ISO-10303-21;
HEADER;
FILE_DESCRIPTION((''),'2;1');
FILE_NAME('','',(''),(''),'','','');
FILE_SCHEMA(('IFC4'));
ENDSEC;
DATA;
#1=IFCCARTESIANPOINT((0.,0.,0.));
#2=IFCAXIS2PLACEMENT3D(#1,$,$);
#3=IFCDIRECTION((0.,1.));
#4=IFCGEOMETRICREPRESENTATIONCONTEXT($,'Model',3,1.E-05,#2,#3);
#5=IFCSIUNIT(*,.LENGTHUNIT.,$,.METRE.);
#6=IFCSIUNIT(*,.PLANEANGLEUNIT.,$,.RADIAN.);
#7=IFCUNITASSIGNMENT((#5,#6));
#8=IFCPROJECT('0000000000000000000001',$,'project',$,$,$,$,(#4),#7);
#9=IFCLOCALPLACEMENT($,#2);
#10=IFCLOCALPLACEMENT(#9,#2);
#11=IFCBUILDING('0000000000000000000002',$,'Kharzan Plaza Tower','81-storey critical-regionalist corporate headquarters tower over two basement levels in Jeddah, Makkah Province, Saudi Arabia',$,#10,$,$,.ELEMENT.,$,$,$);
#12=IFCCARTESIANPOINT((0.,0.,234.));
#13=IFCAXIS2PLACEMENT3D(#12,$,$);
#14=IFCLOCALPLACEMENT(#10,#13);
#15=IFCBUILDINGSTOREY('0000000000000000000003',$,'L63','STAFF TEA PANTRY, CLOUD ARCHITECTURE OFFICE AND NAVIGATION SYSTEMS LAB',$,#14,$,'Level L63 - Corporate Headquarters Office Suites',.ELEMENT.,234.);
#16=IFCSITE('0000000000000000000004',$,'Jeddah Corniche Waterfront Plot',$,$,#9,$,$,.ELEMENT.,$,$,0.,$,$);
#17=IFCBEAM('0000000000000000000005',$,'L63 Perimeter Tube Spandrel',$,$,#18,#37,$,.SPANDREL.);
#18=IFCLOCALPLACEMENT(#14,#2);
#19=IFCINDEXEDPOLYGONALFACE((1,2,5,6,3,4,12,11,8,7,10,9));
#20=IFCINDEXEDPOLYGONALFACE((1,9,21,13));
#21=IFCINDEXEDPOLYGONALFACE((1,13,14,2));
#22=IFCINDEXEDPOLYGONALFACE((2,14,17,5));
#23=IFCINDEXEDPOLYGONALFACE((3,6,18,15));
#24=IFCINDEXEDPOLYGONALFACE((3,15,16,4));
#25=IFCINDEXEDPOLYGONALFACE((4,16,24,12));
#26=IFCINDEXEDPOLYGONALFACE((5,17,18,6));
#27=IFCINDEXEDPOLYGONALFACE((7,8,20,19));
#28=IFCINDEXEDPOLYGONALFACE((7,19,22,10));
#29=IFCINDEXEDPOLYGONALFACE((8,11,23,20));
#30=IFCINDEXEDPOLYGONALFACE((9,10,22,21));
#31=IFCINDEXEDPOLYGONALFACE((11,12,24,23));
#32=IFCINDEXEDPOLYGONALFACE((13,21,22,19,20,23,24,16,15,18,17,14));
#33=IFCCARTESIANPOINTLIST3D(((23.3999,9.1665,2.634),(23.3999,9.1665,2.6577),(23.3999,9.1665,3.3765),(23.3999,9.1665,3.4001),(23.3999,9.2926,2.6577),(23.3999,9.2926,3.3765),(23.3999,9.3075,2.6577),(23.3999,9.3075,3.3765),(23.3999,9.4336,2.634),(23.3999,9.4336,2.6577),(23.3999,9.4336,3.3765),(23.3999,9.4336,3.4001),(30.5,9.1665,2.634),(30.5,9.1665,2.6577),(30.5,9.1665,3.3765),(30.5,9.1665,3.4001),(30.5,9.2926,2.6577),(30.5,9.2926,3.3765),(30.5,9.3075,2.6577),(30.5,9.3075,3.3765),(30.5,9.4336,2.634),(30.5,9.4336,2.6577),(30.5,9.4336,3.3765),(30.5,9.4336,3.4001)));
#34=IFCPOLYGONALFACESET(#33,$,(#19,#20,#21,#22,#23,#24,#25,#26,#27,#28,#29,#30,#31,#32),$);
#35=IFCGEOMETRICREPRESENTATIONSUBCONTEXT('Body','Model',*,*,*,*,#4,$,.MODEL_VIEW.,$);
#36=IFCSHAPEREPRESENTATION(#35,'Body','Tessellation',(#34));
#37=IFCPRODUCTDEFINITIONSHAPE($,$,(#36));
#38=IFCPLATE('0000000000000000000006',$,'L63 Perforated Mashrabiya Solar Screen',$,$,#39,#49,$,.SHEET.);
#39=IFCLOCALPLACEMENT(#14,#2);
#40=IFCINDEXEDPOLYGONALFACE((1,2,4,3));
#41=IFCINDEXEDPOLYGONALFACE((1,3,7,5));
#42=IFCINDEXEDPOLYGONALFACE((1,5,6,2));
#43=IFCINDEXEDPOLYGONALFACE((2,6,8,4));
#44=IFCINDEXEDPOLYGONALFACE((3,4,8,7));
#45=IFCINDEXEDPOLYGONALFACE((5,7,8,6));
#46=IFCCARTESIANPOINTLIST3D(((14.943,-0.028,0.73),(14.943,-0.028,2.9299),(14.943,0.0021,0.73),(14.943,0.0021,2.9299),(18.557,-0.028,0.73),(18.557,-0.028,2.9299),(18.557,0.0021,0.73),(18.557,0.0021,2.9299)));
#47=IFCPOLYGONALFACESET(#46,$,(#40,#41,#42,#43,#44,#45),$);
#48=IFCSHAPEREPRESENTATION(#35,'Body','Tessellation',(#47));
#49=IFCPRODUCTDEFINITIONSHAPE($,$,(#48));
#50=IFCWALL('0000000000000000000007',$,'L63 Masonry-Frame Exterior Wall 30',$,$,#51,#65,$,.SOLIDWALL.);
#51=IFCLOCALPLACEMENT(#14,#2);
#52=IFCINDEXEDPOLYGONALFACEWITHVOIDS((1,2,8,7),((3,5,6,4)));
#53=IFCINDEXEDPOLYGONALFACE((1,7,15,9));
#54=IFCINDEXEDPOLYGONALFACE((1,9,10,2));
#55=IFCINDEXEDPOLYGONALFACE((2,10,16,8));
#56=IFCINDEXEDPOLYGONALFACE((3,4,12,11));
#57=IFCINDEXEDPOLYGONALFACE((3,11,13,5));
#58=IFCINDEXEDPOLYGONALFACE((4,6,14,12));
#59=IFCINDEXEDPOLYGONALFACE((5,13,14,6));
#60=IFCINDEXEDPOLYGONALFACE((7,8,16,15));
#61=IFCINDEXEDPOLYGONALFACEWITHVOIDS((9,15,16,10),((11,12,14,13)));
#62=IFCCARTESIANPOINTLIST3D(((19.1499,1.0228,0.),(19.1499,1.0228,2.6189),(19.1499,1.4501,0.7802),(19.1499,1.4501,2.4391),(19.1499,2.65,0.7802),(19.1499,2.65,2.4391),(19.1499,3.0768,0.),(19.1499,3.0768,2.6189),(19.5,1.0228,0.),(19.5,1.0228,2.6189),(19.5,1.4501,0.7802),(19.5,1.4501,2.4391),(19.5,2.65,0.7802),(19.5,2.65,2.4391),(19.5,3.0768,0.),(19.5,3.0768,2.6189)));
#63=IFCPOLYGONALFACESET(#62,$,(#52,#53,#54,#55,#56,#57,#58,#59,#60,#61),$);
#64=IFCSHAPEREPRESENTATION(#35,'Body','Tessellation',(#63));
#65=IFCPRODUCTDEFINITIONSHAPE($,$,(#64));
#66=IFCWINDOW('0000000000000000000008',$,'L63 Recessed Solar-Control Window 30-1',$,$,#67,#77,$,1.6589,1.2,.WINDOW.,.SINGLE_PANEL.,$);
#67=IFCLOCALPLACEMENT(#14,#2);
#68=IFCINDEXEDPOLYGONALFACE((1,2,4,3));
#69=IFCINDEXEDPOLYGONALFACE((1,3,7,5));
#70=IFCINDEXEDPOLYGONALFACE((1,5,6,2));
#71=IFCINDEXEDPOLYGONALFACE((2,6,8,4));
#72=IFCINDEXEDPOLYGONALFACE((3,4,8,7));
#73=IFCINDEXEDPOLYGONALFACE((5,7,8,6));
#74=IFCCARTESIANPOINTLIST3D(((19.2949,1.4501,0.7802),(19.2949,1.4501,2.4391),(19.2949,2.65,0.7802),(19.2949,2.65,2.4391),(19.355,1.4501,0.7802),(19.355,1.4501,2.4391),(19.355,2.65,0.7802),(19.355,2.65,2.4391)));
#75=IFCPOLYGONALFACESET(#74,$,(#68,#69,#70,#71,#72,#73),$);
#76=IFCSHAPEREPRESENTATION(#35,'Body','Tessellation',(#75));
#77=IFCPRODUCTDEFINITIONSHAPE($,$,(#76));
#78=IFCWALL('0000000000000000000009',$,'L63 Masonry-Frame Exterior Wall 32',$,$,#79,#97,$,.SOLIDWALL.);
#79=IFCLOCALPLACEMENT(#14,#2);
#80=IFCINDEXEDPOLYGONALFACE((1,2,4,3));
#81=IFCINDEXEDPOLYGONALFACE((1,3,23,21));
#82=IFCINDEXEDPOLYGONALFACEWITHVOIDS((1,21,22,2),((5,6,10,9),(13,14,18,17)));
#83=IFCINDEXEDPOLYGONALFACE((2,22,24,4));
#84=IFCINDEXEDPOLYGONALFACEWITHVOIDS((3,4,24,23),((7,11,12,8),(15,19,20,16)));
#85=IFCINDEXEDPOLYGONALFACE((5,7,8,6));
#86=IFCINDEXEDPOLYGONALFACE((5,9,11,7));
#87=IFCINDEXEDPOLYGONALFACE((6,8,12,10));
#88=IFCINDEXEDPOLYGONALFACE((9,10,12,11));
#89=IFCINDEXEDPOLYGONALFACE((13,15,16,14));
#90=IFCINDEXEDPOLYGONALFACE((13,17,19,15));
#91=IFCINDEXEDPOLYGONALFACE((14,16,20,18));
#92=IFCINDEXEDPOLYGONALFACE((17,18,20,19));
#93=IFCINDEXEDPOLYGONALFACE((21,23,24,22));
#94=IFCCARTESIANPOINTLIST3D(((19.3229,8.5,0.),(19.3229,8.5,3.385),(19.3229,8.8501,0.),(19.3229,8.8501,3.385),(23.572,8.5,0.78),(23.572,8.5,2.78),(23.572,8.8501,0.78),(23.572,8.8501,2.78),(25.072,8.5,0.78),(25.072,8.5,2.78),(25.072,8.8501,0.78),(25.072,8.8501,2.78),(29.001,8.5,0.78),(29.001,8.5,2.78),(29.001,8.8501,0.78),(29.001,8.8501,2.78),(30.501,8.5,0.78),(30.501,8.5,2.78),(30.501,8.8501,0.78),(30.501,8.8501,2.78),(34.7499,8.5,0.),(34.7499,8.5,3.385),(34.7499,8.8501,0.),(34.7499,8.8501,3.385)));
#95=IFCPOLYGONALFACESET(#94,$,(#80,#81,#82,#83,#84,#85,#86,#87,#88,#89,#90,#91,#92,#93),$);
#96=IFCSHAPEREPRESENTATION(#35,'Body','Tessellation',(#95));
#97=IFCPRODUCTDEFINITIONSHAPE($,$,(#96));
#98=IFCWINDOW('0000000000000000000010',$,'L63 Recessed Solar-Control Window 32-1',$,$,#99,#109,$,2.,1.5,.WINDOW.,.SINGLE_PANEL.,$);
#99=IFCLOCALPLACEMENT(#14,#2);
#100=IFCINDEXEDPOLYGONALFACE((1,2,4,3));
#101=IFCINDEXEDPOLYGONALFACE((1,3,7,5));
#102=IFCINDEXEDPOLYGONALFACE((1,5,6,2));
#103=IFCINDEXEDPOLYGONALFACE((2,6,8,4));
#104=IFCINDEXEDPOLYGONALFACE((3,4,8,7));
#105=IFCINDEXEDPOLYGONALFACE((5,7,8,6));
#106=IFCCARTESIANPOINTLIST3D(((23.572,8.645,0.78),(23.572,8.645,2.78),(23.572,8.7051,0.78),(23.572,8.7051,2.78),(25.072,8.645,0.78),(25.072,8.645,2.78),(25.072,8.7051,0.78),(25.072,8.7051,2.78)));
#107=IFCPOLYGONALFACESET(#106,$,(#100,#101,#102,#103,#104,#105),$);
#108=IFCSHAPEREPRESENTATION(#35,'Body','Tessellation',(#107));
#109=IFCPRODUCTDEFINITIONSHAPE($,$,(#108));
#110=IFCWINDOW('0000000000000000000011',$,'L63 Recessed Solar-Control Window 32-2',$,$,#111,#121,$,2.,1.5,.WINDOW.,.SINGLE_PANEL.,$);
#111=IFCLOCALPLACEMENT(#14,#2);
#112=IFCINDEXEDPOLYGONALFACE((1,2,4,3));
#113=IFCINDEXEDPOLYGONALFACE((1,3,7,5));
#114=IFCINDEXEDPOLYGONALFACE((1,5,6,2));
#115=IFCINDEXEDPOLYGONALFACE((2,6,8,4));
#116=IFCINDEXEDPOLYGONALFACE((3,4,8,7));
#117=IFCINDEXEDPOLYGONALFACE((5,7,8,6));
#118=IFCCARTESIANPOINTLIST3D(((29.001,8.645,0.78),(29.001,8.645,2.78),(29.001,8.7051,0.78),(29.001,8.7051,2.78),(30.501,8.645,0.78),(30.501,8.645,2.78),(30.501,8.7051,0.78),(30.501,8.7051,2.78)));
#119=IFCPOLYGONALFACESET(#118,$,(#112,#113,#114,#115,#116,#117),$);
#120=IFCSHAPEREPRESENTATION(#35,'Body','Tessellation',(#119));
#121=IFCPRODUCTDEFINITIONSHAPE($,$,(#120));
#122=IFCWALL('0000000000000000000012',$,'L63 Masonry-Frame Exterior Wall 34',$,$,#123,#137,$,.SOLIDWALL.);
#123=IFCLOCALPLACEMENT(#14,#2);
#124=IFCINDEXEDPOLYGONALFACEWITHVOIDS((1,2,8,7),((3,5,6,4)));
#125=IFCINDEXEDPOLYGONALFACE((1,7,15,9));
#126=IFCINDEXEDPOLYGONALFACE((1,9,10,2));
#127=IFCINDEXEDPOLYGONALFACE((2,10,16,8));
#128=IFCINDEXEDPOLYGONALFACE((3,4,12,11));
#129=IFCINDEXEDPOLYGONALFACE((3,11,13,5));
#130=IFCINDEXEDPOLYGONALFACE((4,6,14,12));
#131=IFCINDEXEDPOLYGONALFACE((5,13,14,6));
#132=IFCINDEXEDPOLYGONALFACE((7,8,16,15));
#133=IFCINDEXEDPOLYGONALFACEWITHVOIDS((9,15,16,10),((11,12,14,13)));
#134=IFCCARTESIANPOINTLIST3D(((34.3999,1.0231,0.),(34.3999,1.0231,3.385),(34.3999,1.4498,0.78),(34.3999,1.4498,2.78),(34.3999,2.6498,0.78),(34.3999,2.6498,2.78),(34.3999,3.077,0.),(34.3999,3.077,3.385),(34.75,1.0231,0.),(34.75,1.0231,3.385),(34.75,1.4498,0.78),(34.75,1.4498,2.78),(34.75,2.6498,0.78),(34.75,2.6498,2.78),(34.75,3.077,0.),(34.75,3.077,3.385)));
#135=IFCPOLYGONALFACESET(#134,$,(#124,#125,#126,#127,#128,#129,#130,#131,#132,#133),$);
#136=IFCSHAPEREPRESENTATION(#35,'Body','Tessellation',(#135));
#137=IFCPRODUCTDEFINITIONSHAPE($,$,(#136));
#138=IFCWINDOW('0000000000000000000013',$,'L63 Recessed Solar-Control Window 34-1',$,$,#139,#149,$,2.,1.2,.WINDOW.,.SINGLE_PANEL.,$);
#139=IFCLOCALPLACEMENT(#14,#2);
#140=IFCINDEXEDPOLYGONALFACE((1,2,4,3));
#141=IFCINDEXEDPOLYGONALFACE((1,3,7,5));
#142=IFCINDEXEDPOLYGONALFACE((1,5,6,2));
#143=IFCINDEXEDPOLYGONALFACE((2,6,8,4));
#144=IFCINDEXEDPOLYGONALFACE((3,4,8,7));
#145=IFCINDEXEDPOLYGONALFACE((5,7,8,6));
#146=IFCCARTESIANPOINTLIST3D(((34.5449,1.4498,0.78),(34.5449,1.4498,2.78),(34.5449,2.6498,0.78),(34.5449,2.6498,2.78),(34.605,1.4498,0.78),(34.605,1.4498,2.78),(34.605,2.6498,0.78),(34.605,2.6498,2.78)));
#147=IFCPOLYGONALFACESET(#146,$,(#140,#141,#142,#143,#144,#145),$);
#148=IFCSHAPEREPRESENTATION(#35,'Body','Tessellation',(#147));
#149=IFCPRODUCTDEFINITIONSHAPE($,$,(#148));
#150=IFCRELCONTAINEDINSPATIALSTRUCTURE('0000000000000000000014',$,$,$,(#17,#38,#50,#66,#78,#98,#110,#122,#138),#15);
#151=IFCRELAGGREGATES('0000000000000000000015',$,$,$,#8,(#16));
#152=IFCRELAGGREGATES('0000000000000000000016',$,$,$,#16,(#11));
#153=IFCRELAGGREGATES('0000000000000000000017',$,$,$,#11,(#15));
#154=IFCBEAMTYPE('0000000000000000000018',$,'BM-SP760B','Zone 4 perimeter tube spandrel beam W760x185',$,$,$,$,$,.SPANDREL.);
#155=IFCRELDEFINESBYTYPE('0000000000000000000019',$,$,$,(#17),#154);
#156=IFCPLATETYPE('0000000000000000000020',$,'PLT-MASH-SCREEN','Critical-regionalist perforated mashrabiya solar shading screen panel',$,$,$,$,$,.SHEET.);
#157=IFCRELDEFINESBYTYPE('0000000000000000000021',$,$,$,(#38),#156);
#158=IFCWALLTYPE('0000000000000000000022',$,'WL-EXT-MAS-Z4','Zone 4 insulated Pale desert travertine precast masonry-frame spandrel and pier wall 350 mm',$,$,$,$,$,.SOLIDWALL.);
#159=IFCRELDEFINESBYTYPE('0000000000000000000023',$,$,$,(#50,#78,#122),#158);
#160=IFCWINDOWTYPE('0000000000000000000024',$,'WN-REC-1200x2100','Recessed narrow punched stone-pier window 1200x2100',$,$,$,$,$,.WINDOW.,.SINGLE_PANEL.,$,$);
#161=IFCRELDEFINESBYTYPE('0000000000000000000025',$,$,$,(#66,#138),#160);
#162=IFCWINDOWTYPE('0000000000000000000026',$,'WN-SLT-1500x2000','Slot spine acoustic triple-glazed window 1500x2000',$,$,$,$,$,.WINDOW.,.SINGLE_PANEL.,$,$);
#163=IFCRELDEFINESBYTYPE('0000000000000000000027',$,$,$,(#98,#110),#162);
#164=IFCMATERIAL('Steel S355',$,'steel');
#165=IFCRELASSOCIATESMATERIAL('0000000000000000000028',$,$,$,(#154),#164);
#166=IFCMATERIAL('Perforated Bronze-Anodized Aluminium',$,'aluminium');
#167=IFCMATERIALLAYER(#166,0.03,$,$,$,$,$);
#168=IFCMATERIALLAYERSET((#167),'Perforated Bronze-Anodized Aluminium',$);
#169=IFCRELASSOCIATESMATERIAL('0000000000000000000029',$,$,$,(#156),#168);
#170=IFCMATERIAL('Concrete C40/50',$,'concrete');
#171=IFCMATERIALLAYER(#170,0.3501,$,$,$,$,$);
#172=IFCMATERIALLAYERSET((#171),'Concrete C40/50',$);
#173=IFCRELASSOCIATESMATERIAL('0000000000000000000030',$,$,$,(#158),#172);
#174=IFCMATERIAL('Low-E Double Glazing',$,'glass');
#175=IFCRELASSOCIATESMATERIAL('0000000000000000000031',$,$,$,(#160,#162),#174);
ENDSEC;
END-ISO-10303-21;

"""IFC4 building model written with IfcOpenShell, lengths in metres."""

from ifc_helpers import new_model, si_unit, direction, frame, frame_2d, origin, origin_2d, place, context, subcontext, project, spatial, rectangle, i_section, extrude, source, transform, mapped, material, layer, layer_set, material_profile, profile_set, type_object, element, fill, save


model = new_model("IFC4")

# Units and contexts
model_context = context("Model", 3, precision=1e-05, world=origin(), true_north=direction((0.0, 1.0)))
body_context = subcontext(model_context, "Body", "Model", "MODEL_VIEW")
ifc_project = project(units=[si_unit("LENGTHUNIT", "METRE"), si_unit("PLANEANGLEUNIT", "RADIAN")], contexts=[model_context])

# Site, building, storey
site_placement = place(None, origin())
site = spatial("IfcSite", under=ifc_project, at=site_placement, Name="Jeddah Corniche Waterfront Plot", CompositionType="ELEMENT", RefElevation=0.0)
building_placement = place(site_placement, origin())
building = spatial("IfcBuilding", under=site, at=building_placement, Name="Kharzan Plaza Tower", Description="81-storey critical-regionalist corporate headquarters tower over two basement levels in Jeddah, Makkah Province, Saudi Arabia", CompositionType="ELEMENT")
storey_placement = place(building_placement, frame((0.0, 0.0, 234.0)))
storey = spatial("IfcBuildingStorey", under=building, at=storey_placement, Name="L63", Description="STAFF TEA PANTRY, CLOUD ARCHITECTURE OFFICE AND NAVIGATION SYSTEMS LAB", LongName="Level L63 - Corporate Headquarters Office Suites", CompositionType="ELEMENT", Elevation=234.0)

# Beam
ifc_material_1 = material(Name="Steel S355", Category="steel")
ifc_material_profile_1 = material_profile(ifc_material_1, i_section(OverallWidth=0.2671, OverallDepth=0.7661, WebThickness=0.0149, FlangeThickness=0.0237, at=origin_2d()), Name="W760x185")
ifc_profile_set_1 = profile_set([ifc_material_profile_1], Name="Steel S355")
beam_type_1 = type_object("IfcBeamType", Name="BM-SP760B", Description="Zone 4 perimeter tube spandrel beam W760x185", PredefinedType="SPANDREL", material=ifc_profile_set_1)
shared_shape_1 = source(origin(), body_context, "Body", "SweptSolid", [
    extrude(i_section(OverallWidth=0.2671, OverallDepth=0.7661, WebThickness=0.0149, FlangeThickness=0.0237, at=origin_2d()), origin(), (0.0, 0.0, 1.0), 7.1001),
])
beam_1_placement = place(storey_placement, frame((23.3999, 9.3, 3.0171), z_axis=(1.0, 0.0, 0.0), x_axis=(0.0, 1.0, 0.0)))
element("IfcBeam", 1, at=beam_1_placement, inside=storey, type_object=beam_type_1, Name="L63 Perimeter Tube Spandrel", PredefinedType="SPANDREL", context=body_context, shape_type="MappedRepresentation", body=[
    mapped(shared_shape_1, transform((0.0, 0.0, 0.0), x_axis=(1.0, 0.0, 0.0), y_axis=(0.0, 1.0, 0.0), z_axis=(0.0, 0.0, 1.0))),
])

# Plate
ifc_material_2 = material(Name="Perforated Bronze-Anodized Aluminium", Category="aluminium")
ifc_layer_1 = layer(ifc_material_2, 0.03)
ifc_layer_set_1 = layer_set([ifc_layer_1], Name="Perforated Bronze-Anodized Aluminium")
plate_type = type_object("IfcPlateType", Name="PLT-MASH-SCREEN", Description="Critical-regionalist perforated mashrabiya solar shading screen panel", PredefinedType="SHEET", material=ifc_layer_set_1)
shared_shape_2 = source(origin(), body_context, "Body", "SweptSolid", [
    extrude(rectangle(XDim=3.614, YDim=0.03, at=origin_2d()), origin(), (0.0, 0.0, 1.0), 2.2),
])
plate_placement = place(storey_placement, frame((16.75, -0.0129, 0.73), z_axis=(0.0, 0.0, 1.0), x_axis=(1.0, 0.0, 0.0)))
element("IfcPlate", 2, at=plate_placement, inside=storey, type_object=plate_type, Name="L63 Perforated Mashrabiya Solar Screen", PredefinedType="SHEET", context=body_context, shape_type="MappedRepresentation", body=[
    mapped(shared_shape_2, transform((0.0, 0.0, 0.0), x_axis=(1.0, 0.0, 0.0), y_axis=(0.0, 1.0, 0.0), z_axis=(0.0, 0.0, 1.0))),
])

# Wall, opening, window
ifc_material_3 = material(Name="Concrete C40/50", Category="concrete")
ifc_layer_2 = layer(ifc_material_3, 0.3501)
ifc_layer_set_2 = layer_set([ifc_layer_2], Name="Concrete C40/50")
wall_type_1 = type_object("IfcWallType", Name="WL-EXT-MAS-Z4", Description="Zone 4 insulated Pale desert travertine precast masonry-frame spandrel and pier wall 350 mm", PredefinedType="SOLIDWALL", material=ifc_layer_set_2)
wall_1_placement = place(storey_placement, frame((19.325, 1.0229, 0.0), z_axis=(0.0, 0.0, 1.0), x_axis=(0.0, 1.0, 0.0)))
wall_1 = element("IfcWall", 3, at=wall_1_placement, inside=storey, type_object=wall_type_1, Name="L63 Masonry-Frame Exterior Wall 30", PredefinedType="SOLIDWALL", context=body_context, shape_type="SweptSolid", body=[
    extrude(rectangle(XDim=2.054, YDim=0.3501, at=frame_2d((1.0269, 0.0))), origin(), (0.0, 0.0, 1.0), 2.6189),
])
opening_1_placement = place(wall_1_placement, frame((0.427, 0.0, 0.78)))
opening_1 = element("IfcOpeningElement", 4, at=opening_1_placement, cuts=wall_1, PredefinedType="OPENING", context=body_context, shape_type="SweptSolid", body=[
    extrude(rectangle(XDim=1.2, YDim=1.6589, at=frame_2d((0.6001, 0.8296))), frame((0.0, 0.1851, 0.0), z_axis=(0.0, -1.0, 0.0), x_axis=(1.0, 0.0, 0.0)), (0.0, 0.0, 1.0), 0.3701),
])
ifc_material_4 = material(Name="Low-E Double Glazing", Category="glass")
window_type_1 = type_object("IfcWindowType", Name="WN-REC-1200x2100", Description="Recessed narrow punched stone-pier window 1200x2100", PartitioningType="SINGLE_PANEL", PredefinedType="WINDOW", material=ifc_material_4)
shared_shape_3 = source(origin(), body_context, "Body", "SweptSolid", [
    extrude(rectangle(XDim=1.2, YDim=1.6589, at=frame_2d((0.6001, 0.8296))), frame((0.0, 0.03, 0.0), z_axis=(0.0, -1.0, 0.0), x_axis=(1.0, 0.0, 0.0)), (0.0, 0.0, 1.0), 0.0601),
])
window_1_placement = place(opening_1_placement, origin())
window_1 = element("IfcWindow", 5, at=window_1_placement, inside=storey, type_object=window_type_1, Name="L63 Recessed Solar-Control Window 30-1", OverallHeight=1.6589, OverallWidth=1.2, PartitioningType="SINGLE_PANEL", PredefinedType="WINDOW", context=body_context, shape_type="MappedRepresentation", body=[
    mapped(shared_shape_3, transform((0.0, 0.0, 0.0), x_axis=(1.0, 0.0, 0.0), y_axis=(0.0, 1.0, 0.0), z_axis=(0.0, 0.0, 1.0))),
])
fill(opening_1, window_1)

# Wall, openings, windows
wall_2_placement = place(storey_placement, frame((19.323, 8.675, 0.0), z_axis=(0.0, 0.0, 1.0), x_axis=(1.0, 0.0, 0.0)))
wall_2 = element("IfcWall", 6, at=wall_2_placement, inside=storey, type_object=wall_type_1, Name="L63 Masonry-Frame Exterior Wall 32", PredefinedType="SOLIDWALL", context=body_context, shape_type="SweptSolid", body=[
    extrude(rectangle(XDim=15.427, YDim=0.3501, at=frame_2d((7.7134, 0.0))), origin(), (0.0, 0.0, 1.0), 3.385),
])
opening_2_placement = place(wall_2_placement, frame((4.249, 0.0, 0.78)))
opening_2 = element("IfcOpeningElement", 7, at=opening_2_placement, cuts=wall_2, PredefinedType="OPENING", context=body_context, shape_type="SweptSolid", body=[
    extrude(rectangle(XDim=1.5, YDim=2.0, at=frame_2d((0.75, 1.0))), frame((0.0, 0.1851, 0.0), z_axis=(0.0, -1.0, 0.0), x_axis=(1.0, 0.0, 0.0)), (0.0, 0.0, 1.0), 0.3701),
])
opening_3_placement = place(wall_2_placement, frame((9.678, 0.0, 0.78)))
opening_3 = element("IfcOpeningElement", 8, at=opening_3_placement, cuts=wall_2, PredefinedType="OPENING", context=body_context, shape_type="SweptSolid", body=[
    extrude(rectangle(XDim=1.5, YDim=2.0, at=frame_2d((0.75, 1.0))), frame((0.0, 0.1851, 0.0), z_axis=(0.0, -1.0, 0.0), x_axis=(1.0, 0.0, 0.0)), (0.0, 0.0, 1.0), 0.3701),
])
window_type_2 = type_object("IfcWindowType", Name="WN-SLT-1500x2000", Description="Slot spine acoustic triple-glazed window 1500x2000", PartitioningType="SINGLE_PANEL", PredefinedType="WINDOW", material=ifc_material_4)
shared_shape_4 = source(origin(), body_context, "Body", "SweptSolid", [
    extrude(rectangle(XDim=1.5, YDim=2.0, at=frame_2d((0.75, 1.0))), frame((0.0, 0.03, 0.0), z_axis=(0.0, -1.0, 0.0), x_axis=(1.0, 0.0, 0.0)), (0.0, 0.0, 1.0), 0.0601),
])
window_2_placement = place(opening_2_placement, origin())
window_2 = element("IfcWindow", 9, at=window_2_placement, inside=storey, type_object=window_type_2, Name="L63 Recessed Solar-Control Window 32-1", OverallHeight=2.0, OverallWidth=1.5, PartitioningType="SINGLE_PANEL", PredefinedType="WINDOW", context=body_context, shape_type="MappedRepresentation", body=[
    mapped(shared_shape_4, transform((0.0, 0.0, 0.0), x_axis=(1.0, 0.0, 0.0), y_axis=(0.0, 1.0, 0.0), z_axis=(0.0, 0.0, 1.0))),
])
fill(opening_2, window_2)
window_3_placement = place(opening_3_placement, origin())
window_3 = element("IfcWindow", 10, at=window_3_placement, inside=storey, type_object=window_type_2, Name="L63 Recessed Solar-Control Window 32-2", OverallHeight=2.0, OverallWidth=1.5, PartitioningType="SINGLE_PANEL", PredefinedType="WINDOW", context=body_context, shape_type="MappedRepresentation", body=[
    mapped(shared_shape_4, transform((0.0, 0.0, 0.0), x_axis=(1.0, 0.0, 0.0), y_axis=(0.0, 1.0, 0.0), z_axis=(0.0, 0.0, 1.0))),
])
fill(opening_3, window_3)

# Wall, opening, window
wall_3_placement = place(storey_placement, frame((34.575, 3.0769, 0.0), z_axis=(0.0, 0.0, 1.0), x_axis=(0.0, -1.0, 0.0)))
wall_3 = element("IfcWall", 11, at=wall_3_placement, inside=storey, type_object=wall_type_1, Name="L63 Masonry-Frame Exterior Wall 34", PredefinedType="SOLIDWALL", context=body_context, shape_type="SweptSolid", body=[
    extrude(rectangle(XDim=2.054, YDim=0.3501, at=frame_2d((1.0269, 0.0))), origin(), (0.0, 0.0, 1.0), 3.385),
])
opening_4_placement = place(wall_3_placement, frame((0.427, 0.0, 0.78)))
opening_4 = element("IfcOpeningElement", 12, at=opening_4_placement, cuts=wall_3, PredefinedType="OPENING", context=body_context, shape_type="SweptSolid", body=[
    extrude(rectangle(XDim=1.2, YDim=2.0, at=frame_2d((0.6001, 1.0))), frame((0.0, 0.1851, 0.0), z_axis=(0.0, -1.0, 0.0), x_axis=(1.0, 0.0, 0.0)), (0.0, 0.0, 1.0), 0.3701),
])
shared_shape_5 = source(origin(), body_context, "Body", "SweptSolid", [
    extrude(rectangle(XDim=1.2, YDim=2.0, at=frame_2d((0.6001, 1.0))), frame((0.0, 0.03, 0.0), z_axis=(0.0, -1.0, 0.0), x_axis=(1.0, 0.0, 0.0)), (0.0, 0.0, 1.0), 0.0601),
])
window_4_placement = place(opening_4_placement, origin())
window_4 = element("IfcWindow", 13, at=window_4_placement, inside=storey, type_object=window_type_1, Name="L63 Recessed Solar-Control Window 34-1", OverallHeight=2.0, OverallWidth=1.2, PartitioningType="SINGLE_PANEL", PredefinedType="WINDOW", context=body_context, shape_type="MappedRepresentation", body=[
    mapped(shared_shape_5, transform((0.0, 0.0, 0.0), x_axis=(1.0, 0.0, 0.0), y_axis=(0.0, 1.0, 0.0), z_axis=(0.0, 0.0, 1.0))),
])
fill(opening_4, window_4)

save(model, "model.ifc")
